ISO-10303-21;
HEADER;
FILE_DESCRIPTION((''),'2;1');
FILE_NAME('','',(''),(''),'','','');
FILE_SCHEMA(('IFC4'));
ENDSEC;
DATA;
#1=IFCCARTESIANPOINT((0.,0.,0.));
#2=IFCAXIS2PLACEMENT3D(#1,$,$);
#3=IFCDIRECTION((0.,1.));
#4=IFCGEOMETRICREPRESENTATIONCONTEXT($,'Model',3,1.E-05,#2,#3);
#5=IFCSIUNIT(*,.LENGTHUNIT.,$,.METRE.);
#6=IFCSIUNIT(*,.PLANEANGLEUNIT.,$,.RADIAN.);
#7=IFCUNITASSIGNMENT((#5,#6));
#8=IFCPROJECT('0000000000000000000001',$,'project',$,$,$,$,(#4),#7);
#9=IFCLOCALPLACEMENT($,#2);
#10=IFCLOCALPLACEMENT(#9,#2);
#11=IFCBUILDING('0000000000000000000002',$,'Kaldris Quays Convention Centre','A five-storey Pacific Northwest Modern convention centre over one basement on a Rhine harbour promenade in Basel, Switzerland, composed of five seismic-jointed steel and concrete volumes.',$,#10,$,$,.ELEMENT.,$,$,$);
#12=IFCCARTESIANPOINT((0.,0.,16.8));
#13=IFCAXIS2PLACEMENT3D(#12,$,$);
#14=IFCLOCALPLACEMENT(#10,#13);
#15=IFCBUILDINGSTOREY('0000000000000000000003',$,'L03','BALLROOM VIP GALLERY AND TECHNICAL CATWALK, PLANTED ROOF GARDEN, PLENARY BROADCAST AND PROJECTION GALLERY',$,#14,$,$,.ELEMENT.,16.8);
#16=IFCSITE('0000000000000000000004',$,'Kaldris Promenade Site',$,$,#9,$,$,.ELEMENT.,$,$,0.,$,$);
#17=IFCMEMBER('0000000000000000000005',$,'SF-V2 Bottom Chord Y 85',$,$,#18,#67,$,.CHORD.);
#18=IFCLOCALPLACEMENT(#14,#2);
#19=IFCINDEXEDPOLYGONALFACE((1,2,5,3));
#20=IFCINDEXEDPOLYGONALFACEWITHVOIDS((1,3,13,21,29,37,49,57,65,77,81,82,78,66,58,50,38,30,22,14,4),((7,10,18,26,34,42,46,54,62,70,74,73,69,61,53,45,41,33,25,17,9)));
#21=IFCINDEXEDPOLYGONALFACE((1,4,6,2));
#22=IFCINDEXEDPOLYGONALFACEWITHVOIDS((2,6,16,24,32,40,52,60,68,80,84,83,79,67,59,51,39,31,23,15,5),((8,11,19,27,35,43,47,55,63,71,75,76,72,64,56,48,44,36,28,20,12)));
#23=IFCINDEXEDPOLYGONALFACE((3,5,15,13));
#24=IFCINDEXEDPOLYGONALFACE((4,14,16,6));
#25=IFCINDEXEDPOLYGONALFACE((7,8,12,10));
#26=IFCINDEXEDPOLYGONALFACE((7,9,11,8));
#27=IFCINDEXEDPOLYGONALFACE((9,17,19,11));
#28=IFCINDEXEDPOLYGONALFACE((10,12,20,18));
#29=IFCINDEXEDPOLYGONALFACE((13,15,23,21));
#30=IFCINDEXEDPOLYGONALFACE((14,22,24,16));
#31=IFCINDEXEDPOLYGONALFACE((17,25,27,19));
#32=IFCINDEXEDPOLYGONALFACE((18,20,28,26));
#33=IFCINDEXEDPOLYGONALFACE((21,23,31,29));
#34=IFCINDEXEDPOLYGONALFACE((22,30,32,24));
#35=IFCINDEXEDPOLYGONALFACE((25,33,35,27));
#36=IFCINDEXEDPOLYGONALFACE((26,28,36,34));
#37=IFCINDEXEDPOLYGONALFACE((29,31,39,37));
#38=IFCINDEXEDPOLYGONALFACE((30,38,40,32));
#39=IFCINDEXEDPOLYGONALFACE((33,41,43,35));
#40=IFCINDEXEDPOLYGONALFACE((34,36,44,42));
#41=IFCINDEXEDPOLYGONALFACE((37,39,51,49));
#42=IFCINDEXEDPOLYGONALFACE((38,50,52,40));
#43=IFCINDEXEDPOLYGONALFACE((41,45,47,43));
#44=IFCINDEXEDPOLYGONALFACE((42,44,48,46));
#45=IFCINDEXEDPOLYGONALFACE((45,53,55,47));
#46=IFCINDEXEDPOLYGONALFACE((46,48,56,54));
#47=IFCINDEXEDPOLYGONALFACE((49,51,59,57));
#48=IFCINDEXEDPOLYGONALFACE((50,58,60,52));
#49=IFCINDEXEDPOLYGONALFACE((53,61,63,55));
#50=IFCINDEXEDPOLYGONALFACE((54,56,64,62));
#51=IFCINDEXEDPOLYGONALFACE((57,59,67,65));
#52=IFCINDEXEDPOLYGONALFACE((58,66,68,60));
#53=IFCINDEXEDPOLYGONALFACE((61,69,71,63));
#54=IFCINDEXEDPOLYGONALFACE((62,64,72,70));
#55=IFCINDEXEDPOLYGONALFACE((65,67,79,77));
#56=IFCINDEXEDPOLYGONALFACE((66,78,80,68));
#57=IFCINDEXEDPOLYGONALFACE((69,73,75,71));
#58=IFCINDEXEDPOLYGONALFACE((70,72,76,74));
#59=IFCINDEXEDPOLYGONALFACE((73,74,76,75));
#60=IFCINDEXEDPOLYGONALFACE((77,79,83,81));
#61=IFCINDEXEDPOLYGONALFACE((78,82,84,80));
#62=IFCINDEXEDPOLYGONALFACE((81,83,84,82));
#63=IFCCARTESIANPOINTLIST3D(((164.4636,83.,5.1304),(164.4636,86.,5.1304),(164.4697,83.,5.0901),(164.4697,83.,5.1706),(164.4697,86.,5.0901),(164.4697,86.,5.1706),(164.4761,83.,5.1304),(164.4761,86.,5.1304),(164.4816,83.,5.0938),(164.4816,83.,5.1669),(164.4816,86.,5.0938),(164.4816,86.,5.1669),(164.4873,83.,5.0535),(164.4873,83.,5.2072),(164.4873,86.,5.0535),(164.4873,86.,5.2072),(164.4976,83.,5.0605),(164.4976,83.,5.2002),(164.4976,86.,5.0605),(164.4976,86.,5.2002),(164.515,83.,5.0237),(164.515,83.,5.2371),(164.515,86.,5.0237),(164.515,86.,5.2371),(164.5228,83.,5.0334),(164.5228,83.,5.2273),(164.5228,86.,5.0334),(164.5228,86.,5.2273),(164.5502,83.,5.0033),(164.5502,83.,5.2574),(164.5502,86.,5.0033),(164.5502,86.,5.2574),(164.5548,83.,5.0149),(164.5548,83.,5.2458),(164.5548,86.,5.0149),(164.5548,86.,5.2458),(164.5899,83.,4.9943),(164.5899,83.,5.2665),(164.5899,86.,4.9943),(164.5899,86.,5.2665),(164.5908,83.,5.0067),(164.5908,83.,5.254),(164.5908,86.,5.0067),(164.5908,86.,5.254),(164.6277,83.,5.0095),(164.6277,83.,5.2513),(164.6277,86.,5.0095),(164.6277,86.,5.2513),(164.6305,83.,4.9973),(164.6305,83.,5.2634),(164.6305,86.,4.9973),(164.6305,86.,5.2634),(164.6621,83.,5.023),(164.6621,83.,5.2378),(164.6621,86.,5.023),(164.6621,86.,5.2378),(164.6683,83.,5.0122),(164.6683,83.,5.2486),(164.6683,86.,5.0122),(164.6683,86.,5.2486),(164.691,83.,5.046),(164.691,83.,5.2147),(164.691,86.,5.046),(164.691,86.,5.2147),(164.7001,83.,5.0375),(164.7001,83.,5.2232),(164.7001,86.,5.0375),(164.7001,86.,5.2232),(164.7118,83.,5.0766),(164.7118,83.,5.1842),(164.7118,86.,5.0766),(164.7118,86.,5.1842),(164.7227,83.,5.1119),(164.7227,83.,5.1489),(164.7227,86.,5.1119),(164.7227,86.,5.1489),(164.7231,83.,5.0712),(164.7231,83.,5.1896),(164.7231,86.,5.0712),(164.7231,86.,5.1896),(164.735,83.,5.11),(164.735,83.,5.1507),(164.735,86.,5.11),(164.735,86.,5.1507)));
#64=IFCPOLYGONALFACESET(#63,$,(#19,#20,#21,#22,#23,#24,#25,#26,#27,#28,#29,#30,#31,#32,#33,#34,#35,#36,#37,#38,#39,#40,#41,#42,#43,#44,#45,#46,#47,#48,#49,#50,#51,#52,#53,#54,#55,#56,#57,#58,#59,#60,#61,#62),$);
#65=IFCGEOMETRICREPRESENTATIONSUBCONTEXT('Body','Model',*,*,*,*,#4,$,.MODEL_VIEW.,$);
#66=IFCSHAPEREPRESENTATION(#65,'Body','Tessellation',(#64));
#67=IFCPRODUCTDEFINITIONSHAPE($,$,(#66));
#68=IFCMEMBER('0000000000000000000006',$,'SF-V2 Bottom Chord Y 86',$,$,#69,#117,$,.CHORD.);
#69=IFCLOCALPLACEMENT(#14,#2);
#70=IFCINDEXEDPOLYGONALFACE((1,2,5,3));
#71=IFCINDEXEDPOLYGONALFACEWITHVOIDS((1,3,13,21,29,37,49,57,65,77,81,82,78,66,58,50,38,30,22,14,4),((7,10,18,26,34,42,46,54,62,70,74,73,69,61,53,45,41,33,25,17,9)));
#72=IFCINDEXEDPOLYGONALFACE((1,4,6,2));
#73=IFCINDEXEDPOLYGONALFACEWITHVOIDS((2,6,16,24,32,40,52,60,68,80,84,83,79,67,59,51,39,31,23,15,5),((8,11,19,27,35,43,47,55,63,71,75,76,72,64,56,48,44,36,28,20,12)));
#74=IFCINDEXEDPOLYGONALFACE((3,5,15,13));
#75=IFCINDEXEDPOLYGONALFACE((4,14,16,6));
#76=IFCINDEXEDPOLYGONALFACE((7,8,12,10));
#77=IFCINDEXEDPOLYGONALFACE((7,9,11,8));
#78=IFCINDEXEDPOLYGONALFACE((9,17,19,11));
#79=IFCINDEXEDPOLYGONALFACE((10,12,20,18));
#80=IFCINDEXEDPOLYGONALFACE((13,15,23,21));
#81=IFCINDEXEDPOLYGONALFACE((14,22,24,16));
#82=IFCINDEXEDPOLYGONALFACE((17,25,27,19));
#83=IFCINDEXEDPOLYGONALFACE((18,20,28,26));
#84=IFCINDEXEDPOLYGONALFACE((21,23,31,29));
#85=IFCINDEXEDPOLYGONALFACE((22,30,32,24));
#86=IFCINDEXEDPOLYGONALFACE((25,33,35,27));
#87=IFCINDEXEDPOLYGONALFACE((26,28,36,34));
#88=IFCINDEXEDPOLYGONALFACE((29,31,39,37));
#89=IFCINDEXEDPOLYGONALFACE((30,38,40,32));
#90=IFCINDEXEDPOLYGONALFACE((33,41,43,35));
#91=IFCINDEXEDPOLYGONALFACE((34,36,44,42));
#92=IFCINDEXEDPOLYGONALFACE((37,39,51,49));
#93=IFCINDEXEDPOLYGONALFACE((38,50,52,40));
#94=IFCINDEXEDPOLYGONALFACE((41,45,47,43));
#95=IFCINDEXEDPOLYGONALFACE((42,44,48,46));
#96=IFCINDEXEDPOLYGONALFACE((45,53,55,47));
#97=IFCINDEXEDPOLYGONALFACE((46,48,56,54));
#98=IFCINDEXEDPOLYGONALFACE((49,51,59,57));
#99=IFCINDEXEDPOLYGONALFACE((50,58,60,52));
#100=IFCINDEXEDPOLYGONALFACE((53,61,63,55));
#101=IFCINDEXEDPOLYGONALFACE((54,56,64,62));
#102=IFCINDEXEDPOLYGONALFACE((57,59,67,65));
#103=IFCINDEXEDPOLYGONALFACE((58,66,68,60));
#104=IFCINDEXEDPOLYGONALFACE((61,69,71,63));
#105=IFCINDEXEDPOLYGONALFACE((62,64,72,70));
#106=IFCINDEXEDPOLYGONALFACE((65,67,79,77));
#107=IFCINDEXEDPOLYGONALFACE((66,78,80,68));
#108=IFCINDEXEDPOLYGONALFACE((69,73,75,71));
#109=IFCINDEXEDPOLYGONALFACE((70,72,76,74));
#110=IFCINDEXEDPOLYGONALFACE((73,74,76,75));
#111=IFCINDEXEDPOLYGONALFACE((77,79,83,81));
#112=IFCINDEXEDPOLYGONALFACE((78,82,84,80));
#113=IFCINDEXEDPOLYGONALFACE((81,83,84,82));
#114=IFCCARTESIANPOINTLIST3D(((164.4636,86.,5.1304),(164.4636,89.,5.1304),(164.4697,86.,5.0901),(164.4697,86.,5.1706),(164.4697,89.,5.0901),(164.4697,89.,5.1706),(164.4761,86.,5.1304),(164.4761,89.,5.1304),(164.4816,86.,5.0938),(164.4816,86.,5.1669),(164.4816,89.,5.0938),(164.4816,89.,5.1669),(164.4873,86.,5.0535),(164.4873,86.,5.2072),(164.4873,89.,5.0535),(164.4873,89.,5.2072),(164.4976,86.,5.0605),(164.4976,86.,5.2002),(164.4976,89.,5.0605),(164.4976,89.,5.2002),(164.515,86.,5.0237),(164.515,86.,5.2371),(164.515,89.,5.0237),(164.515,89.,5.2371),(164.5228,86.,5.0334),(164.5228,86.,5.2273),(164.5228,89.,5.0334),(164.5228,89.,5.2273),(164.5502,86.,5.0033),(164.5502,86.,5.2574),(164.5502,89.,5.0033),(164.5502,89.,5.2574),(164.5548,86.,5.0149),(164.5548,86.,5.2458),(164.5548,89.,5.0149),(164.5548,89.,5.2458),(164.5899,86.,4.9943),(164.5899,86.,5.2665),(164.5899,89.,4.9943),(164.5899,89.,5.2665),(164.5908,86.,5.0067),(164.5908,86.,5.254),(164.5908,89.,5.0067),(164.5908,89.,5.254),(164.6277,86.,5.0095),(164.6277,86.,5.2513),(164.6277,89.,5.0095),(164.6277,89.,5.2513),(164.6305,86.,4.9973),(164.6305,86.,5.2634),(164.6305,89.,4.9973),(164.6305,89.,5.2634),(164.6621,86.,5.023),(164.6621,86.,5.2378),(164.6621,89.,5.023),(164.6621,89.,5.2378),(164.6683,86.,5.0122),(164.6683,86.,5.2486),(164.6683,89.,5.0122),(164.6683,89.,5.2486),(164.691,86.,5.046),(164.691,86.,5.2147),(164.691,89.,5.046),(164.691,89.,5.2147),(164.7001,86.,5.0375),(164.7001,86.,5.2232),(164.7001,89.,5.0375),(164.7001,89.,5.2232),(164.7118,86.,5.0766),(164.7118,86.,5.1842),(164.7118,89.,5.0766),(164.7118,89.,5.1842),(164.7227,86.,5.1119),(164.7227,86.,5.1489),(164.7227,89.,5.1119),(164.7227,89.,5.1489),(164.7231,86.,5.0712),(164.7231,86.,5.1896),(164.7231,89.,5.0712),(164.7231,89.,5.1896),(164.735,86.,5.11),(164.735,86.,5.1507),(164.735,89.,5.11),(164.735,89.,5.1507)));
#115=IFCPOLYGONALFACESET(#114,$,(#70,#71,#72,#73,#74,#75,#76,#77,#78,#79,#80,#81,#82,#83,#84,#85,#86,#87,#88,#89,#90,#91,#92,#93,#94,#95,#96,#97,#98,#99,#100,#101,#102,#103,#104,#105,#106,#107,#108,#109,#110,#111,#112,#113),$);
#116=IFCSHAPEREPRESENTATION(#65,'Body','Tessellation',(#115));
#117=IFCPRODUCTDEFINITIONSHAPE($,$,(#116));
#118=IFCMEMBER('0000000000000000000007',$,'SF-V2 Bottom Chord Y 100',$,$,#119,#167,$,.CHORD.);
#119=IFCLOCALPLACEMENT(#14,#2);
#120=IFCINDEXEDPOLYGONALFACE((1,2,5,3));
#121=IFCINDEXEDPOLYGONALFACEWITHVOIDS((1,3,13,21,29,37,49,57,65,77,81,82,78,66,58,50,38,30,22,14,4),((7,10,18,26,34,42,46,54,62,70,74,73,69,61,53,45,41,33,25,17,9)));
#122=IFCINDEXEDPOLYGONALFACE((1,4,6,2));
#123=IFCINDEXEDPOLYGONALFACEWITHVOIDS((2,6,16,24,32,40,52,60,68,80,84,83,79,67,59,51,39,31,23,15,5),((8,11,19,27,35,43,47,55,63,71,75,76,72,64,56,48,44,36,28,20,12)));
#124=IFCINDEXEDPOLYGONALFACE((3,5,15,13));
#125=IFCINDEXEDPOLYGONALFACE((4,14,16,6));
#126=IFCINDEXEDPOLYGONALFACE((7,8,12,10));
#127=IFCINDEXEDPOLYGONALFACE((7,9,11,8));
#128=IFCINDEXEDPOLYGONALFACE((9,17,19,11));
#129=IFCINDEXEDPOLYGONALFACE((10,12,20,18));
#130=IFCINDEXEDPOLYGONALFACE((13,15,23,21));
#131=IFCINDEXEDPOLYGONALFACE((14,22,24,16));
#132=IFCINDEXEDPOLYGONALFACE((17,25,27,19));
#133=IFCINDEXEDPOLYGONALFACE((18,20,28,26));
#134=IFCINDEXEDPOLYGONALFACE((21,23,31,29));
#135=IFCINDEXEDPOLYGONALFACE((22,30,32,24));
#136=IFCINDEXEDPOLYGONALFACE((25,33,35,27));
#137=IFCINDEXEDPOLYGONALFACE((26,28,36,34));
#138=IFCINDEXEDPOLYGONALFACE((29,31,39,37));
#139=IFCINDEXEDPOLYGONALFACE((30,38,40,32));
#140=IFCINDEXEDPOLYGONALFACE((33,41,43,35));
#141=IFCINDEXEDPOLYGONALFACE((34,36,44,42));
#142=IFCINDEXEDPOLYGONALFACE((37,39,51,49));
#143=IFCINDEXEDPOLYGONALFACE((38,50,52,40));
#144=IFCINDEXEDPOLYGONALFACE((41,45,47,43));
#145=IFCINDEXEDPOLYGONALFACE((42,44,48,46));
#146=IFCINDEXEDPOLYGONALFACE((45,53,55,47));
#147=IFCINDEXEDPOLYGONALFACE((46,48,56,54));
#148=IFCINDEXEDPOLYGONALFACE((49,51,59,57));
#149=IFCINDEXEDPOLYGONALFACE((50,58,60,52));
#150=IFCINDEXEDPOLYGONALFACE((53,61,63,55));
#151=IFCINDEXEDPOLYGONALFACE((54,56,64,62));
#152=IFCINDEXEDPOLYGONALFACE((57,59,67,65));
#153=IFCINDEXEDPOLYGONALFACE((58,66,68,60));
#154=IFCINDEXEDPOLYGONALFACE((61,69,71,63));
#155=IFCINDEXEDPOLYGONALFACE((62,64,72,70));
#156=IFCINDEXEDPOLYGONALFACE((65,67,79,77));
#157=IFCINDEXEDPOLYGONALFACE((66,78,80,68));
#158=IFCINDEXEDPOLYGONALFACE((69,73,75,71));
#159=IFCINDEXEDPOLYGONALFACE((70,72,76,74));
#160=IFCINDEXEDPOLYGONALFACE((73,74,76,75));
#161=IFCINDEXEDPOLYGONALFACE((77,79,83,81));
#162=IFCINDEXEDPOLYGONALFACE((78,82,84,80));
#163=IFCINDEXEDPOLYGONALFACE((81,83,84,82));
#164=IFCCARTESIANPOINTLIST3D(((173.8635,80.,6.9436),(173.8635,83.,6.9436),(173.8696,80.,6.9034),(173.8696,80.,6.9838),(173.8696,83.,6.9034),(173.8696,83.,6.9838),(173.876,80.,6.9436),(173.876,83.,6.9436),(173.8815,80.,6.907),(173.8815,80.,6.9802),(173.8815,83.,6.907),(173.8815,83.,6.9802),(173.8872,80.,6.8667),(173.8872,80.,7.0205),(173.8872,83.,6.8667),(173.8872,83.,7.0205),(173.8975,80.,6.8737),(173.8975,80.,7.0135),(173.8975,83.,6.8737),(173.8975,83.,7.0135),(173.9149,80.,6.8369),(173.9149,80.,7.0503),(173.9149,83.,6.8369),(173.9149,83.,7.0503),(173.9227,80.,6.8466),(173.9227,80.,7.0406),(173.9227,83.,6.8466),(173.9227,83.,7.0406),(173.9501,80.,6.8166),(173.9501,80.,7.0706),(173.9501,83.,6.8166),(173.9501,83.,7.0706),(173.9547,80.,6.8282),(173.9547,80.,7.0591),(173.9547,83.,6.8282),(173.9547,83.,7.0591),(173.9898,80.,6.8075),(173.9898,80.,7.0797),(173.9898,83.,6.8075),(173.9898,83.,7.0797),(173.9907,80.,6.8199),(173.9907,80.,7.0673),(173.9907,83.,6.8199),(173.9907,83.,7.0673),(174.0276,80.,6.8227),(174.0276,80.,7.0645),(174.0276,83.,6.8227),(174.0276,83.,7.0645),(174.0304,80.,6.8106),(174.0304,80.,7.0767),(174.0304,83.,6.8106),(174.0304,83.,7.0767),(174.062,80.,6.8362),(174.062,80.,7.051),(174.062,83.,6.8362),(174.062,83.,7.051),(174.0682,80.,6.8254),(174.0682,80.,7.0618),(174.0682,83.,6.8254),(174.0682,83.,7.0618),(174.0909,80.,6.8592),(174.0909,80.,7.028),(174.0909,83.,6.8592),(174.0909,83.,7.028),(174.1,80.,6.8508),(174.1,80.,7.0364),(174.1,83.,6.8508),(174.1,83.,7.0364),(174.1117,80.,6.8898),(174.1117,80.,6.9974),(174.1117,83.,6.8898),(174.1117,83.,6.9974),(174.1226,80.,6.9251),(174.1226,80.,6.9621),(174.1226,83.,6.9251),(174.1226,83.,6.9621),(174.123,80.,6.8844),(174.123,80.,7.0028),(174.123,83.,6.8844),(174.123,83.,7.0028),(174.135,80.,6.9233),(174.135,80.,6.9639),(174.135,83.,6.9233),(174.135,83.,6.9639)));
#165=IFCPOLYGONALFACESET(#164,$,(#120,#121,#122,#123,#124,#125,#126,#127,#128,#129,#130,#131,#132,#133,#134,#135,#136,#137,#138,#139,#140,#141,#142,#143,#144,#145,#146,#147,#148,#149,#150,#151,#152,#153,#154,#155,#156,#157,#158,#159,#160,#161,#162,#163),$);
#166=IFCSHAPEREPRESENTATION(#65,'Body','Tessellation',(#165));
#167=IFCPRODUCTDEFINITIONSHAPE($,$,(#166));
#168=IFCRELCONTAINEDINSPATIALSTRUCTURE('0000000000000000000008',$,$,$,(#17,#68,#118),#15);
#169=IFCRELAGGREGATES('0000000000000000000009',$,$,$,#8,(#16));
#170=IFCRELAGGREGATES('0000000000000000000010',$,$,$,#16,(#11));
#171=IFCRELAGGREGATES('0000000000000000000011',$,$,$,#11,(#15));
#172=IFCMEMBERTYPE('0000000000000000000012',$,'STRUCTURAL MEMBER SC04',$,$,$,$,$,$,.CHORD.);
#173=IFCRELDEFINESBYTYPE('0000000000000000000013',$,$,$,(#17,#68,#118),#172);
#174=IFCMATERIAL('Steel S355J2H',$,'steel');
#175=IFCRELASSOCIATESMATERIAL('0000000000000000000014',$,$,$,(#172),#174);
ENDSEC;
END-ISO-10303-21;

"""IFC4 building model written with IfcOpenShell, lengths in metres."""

from ifc_helpers import new_model, si_unit, direction, frame, origin, origin_2d, place, context, subcontext, project, spatial, hollow_circle, extrude, material, material_profile, profile_set, type_object, element, save


model = new_model("IFC4")

# Units and contexts
model_context = context("Model", 3, precision=1e-05, world=origin(), true_north=direction((0.0, 1.0)))
body_context = subcontext(model_context, "Body", "Model", "MODEL_VIEW")
ifc_project = project(units=[si_unit("LENGTHUNIT", "METRE"), si_unit("PLANEANGLEUNIT", "RADIAN")], contexts=[model_context])

# Site, building, storey
site_placement = place(None, origin())
site = spatial("IfcSite", under=ifc_project, at=site_placement, Name="Kaldris Promenade Site", CompositionType="ELEMENT", RefElevation=0.0)
building_placement = place(site_placement, origin())
building = spatial("IfcBuilding", under=site, at=building_placement, Name="Kaldris Quays Convention Centre", Description="A five-storey Pacific Northwest Modern convention centre over one basement on a Rhine harbour promenade in Basel, Switzerland, composed of five seismic-jointed steel and concrete volumes.", CompositionType="ELEMENT")
storey_placement = place(building_placement, frame((0.0, 0.0, 16.8)))
storey = spatial("IfcBuildingStorey", under=building, at=storey_placement, Name="L03", Description="BALLROOM VIP GALLERY AND TECHNICAL CATWALK, PLANTED ROOF GARDEN, PLENARY BROADCAST AND PROJECTION GALLERY", CompositionType="ELEMENT", Elevation=16.8)

# Members
ifc_material_1 = material(Name="Steel S355J2H", Category="steel")
ifc_material_profile_1 = material_profile(ifc_material_1, hollow_circle(Radius=0.1365, WallThickness=0.0125, at=origin_2d()), Name="CHS 273x12.5")
ifc_profile_set_1 = profile_set([ifc_material_profile_1], Name="Steel S355J2H")
member_type_1 = type_object("IfcMemberType", Name="STRUCTURAL MEMBER SC04", PredefinedType="CHORD", material=ifc_profile_set_1)
for number, where, z_axis, x_axis, name in (
    (1, (164.6001, 83.0, 5.1304), (0.0, 1.0, 0.0), (-1.0, 0.0, 0.0), "SF-V2 Bottom Chord Y 85"),
    (2, (164.6001, 86.0, 5.1304), (0.0, 1.0, 0.0), (-1.0, 0.0, 0.0), "SF-V2 Bottom Chord Y 86"),
    (3, (174.0, 80.0, 6.9436), (0.0, 1.0, 0.0), (-1.0, 0.0, 0.0), "SF-V2 Bottom Chord Y 100"),
):
    element("IfcMember", number, at=place(storey_placement, frame(where, z_axis=z_axis, x_axis=x_axis)), inside=storey, type_object=member_type_1, Name=name, PredefinedType="CHORD", context=body_context, shape_type="SweptSolid", body=[
        extrude(hollow_circle(Radius=0.1365, WallThickness=0.0125, at=origin_2d()), origin(), (0.0, 0.0, 1.0), 3.0),
    ])

save(model, "model.ifc")
